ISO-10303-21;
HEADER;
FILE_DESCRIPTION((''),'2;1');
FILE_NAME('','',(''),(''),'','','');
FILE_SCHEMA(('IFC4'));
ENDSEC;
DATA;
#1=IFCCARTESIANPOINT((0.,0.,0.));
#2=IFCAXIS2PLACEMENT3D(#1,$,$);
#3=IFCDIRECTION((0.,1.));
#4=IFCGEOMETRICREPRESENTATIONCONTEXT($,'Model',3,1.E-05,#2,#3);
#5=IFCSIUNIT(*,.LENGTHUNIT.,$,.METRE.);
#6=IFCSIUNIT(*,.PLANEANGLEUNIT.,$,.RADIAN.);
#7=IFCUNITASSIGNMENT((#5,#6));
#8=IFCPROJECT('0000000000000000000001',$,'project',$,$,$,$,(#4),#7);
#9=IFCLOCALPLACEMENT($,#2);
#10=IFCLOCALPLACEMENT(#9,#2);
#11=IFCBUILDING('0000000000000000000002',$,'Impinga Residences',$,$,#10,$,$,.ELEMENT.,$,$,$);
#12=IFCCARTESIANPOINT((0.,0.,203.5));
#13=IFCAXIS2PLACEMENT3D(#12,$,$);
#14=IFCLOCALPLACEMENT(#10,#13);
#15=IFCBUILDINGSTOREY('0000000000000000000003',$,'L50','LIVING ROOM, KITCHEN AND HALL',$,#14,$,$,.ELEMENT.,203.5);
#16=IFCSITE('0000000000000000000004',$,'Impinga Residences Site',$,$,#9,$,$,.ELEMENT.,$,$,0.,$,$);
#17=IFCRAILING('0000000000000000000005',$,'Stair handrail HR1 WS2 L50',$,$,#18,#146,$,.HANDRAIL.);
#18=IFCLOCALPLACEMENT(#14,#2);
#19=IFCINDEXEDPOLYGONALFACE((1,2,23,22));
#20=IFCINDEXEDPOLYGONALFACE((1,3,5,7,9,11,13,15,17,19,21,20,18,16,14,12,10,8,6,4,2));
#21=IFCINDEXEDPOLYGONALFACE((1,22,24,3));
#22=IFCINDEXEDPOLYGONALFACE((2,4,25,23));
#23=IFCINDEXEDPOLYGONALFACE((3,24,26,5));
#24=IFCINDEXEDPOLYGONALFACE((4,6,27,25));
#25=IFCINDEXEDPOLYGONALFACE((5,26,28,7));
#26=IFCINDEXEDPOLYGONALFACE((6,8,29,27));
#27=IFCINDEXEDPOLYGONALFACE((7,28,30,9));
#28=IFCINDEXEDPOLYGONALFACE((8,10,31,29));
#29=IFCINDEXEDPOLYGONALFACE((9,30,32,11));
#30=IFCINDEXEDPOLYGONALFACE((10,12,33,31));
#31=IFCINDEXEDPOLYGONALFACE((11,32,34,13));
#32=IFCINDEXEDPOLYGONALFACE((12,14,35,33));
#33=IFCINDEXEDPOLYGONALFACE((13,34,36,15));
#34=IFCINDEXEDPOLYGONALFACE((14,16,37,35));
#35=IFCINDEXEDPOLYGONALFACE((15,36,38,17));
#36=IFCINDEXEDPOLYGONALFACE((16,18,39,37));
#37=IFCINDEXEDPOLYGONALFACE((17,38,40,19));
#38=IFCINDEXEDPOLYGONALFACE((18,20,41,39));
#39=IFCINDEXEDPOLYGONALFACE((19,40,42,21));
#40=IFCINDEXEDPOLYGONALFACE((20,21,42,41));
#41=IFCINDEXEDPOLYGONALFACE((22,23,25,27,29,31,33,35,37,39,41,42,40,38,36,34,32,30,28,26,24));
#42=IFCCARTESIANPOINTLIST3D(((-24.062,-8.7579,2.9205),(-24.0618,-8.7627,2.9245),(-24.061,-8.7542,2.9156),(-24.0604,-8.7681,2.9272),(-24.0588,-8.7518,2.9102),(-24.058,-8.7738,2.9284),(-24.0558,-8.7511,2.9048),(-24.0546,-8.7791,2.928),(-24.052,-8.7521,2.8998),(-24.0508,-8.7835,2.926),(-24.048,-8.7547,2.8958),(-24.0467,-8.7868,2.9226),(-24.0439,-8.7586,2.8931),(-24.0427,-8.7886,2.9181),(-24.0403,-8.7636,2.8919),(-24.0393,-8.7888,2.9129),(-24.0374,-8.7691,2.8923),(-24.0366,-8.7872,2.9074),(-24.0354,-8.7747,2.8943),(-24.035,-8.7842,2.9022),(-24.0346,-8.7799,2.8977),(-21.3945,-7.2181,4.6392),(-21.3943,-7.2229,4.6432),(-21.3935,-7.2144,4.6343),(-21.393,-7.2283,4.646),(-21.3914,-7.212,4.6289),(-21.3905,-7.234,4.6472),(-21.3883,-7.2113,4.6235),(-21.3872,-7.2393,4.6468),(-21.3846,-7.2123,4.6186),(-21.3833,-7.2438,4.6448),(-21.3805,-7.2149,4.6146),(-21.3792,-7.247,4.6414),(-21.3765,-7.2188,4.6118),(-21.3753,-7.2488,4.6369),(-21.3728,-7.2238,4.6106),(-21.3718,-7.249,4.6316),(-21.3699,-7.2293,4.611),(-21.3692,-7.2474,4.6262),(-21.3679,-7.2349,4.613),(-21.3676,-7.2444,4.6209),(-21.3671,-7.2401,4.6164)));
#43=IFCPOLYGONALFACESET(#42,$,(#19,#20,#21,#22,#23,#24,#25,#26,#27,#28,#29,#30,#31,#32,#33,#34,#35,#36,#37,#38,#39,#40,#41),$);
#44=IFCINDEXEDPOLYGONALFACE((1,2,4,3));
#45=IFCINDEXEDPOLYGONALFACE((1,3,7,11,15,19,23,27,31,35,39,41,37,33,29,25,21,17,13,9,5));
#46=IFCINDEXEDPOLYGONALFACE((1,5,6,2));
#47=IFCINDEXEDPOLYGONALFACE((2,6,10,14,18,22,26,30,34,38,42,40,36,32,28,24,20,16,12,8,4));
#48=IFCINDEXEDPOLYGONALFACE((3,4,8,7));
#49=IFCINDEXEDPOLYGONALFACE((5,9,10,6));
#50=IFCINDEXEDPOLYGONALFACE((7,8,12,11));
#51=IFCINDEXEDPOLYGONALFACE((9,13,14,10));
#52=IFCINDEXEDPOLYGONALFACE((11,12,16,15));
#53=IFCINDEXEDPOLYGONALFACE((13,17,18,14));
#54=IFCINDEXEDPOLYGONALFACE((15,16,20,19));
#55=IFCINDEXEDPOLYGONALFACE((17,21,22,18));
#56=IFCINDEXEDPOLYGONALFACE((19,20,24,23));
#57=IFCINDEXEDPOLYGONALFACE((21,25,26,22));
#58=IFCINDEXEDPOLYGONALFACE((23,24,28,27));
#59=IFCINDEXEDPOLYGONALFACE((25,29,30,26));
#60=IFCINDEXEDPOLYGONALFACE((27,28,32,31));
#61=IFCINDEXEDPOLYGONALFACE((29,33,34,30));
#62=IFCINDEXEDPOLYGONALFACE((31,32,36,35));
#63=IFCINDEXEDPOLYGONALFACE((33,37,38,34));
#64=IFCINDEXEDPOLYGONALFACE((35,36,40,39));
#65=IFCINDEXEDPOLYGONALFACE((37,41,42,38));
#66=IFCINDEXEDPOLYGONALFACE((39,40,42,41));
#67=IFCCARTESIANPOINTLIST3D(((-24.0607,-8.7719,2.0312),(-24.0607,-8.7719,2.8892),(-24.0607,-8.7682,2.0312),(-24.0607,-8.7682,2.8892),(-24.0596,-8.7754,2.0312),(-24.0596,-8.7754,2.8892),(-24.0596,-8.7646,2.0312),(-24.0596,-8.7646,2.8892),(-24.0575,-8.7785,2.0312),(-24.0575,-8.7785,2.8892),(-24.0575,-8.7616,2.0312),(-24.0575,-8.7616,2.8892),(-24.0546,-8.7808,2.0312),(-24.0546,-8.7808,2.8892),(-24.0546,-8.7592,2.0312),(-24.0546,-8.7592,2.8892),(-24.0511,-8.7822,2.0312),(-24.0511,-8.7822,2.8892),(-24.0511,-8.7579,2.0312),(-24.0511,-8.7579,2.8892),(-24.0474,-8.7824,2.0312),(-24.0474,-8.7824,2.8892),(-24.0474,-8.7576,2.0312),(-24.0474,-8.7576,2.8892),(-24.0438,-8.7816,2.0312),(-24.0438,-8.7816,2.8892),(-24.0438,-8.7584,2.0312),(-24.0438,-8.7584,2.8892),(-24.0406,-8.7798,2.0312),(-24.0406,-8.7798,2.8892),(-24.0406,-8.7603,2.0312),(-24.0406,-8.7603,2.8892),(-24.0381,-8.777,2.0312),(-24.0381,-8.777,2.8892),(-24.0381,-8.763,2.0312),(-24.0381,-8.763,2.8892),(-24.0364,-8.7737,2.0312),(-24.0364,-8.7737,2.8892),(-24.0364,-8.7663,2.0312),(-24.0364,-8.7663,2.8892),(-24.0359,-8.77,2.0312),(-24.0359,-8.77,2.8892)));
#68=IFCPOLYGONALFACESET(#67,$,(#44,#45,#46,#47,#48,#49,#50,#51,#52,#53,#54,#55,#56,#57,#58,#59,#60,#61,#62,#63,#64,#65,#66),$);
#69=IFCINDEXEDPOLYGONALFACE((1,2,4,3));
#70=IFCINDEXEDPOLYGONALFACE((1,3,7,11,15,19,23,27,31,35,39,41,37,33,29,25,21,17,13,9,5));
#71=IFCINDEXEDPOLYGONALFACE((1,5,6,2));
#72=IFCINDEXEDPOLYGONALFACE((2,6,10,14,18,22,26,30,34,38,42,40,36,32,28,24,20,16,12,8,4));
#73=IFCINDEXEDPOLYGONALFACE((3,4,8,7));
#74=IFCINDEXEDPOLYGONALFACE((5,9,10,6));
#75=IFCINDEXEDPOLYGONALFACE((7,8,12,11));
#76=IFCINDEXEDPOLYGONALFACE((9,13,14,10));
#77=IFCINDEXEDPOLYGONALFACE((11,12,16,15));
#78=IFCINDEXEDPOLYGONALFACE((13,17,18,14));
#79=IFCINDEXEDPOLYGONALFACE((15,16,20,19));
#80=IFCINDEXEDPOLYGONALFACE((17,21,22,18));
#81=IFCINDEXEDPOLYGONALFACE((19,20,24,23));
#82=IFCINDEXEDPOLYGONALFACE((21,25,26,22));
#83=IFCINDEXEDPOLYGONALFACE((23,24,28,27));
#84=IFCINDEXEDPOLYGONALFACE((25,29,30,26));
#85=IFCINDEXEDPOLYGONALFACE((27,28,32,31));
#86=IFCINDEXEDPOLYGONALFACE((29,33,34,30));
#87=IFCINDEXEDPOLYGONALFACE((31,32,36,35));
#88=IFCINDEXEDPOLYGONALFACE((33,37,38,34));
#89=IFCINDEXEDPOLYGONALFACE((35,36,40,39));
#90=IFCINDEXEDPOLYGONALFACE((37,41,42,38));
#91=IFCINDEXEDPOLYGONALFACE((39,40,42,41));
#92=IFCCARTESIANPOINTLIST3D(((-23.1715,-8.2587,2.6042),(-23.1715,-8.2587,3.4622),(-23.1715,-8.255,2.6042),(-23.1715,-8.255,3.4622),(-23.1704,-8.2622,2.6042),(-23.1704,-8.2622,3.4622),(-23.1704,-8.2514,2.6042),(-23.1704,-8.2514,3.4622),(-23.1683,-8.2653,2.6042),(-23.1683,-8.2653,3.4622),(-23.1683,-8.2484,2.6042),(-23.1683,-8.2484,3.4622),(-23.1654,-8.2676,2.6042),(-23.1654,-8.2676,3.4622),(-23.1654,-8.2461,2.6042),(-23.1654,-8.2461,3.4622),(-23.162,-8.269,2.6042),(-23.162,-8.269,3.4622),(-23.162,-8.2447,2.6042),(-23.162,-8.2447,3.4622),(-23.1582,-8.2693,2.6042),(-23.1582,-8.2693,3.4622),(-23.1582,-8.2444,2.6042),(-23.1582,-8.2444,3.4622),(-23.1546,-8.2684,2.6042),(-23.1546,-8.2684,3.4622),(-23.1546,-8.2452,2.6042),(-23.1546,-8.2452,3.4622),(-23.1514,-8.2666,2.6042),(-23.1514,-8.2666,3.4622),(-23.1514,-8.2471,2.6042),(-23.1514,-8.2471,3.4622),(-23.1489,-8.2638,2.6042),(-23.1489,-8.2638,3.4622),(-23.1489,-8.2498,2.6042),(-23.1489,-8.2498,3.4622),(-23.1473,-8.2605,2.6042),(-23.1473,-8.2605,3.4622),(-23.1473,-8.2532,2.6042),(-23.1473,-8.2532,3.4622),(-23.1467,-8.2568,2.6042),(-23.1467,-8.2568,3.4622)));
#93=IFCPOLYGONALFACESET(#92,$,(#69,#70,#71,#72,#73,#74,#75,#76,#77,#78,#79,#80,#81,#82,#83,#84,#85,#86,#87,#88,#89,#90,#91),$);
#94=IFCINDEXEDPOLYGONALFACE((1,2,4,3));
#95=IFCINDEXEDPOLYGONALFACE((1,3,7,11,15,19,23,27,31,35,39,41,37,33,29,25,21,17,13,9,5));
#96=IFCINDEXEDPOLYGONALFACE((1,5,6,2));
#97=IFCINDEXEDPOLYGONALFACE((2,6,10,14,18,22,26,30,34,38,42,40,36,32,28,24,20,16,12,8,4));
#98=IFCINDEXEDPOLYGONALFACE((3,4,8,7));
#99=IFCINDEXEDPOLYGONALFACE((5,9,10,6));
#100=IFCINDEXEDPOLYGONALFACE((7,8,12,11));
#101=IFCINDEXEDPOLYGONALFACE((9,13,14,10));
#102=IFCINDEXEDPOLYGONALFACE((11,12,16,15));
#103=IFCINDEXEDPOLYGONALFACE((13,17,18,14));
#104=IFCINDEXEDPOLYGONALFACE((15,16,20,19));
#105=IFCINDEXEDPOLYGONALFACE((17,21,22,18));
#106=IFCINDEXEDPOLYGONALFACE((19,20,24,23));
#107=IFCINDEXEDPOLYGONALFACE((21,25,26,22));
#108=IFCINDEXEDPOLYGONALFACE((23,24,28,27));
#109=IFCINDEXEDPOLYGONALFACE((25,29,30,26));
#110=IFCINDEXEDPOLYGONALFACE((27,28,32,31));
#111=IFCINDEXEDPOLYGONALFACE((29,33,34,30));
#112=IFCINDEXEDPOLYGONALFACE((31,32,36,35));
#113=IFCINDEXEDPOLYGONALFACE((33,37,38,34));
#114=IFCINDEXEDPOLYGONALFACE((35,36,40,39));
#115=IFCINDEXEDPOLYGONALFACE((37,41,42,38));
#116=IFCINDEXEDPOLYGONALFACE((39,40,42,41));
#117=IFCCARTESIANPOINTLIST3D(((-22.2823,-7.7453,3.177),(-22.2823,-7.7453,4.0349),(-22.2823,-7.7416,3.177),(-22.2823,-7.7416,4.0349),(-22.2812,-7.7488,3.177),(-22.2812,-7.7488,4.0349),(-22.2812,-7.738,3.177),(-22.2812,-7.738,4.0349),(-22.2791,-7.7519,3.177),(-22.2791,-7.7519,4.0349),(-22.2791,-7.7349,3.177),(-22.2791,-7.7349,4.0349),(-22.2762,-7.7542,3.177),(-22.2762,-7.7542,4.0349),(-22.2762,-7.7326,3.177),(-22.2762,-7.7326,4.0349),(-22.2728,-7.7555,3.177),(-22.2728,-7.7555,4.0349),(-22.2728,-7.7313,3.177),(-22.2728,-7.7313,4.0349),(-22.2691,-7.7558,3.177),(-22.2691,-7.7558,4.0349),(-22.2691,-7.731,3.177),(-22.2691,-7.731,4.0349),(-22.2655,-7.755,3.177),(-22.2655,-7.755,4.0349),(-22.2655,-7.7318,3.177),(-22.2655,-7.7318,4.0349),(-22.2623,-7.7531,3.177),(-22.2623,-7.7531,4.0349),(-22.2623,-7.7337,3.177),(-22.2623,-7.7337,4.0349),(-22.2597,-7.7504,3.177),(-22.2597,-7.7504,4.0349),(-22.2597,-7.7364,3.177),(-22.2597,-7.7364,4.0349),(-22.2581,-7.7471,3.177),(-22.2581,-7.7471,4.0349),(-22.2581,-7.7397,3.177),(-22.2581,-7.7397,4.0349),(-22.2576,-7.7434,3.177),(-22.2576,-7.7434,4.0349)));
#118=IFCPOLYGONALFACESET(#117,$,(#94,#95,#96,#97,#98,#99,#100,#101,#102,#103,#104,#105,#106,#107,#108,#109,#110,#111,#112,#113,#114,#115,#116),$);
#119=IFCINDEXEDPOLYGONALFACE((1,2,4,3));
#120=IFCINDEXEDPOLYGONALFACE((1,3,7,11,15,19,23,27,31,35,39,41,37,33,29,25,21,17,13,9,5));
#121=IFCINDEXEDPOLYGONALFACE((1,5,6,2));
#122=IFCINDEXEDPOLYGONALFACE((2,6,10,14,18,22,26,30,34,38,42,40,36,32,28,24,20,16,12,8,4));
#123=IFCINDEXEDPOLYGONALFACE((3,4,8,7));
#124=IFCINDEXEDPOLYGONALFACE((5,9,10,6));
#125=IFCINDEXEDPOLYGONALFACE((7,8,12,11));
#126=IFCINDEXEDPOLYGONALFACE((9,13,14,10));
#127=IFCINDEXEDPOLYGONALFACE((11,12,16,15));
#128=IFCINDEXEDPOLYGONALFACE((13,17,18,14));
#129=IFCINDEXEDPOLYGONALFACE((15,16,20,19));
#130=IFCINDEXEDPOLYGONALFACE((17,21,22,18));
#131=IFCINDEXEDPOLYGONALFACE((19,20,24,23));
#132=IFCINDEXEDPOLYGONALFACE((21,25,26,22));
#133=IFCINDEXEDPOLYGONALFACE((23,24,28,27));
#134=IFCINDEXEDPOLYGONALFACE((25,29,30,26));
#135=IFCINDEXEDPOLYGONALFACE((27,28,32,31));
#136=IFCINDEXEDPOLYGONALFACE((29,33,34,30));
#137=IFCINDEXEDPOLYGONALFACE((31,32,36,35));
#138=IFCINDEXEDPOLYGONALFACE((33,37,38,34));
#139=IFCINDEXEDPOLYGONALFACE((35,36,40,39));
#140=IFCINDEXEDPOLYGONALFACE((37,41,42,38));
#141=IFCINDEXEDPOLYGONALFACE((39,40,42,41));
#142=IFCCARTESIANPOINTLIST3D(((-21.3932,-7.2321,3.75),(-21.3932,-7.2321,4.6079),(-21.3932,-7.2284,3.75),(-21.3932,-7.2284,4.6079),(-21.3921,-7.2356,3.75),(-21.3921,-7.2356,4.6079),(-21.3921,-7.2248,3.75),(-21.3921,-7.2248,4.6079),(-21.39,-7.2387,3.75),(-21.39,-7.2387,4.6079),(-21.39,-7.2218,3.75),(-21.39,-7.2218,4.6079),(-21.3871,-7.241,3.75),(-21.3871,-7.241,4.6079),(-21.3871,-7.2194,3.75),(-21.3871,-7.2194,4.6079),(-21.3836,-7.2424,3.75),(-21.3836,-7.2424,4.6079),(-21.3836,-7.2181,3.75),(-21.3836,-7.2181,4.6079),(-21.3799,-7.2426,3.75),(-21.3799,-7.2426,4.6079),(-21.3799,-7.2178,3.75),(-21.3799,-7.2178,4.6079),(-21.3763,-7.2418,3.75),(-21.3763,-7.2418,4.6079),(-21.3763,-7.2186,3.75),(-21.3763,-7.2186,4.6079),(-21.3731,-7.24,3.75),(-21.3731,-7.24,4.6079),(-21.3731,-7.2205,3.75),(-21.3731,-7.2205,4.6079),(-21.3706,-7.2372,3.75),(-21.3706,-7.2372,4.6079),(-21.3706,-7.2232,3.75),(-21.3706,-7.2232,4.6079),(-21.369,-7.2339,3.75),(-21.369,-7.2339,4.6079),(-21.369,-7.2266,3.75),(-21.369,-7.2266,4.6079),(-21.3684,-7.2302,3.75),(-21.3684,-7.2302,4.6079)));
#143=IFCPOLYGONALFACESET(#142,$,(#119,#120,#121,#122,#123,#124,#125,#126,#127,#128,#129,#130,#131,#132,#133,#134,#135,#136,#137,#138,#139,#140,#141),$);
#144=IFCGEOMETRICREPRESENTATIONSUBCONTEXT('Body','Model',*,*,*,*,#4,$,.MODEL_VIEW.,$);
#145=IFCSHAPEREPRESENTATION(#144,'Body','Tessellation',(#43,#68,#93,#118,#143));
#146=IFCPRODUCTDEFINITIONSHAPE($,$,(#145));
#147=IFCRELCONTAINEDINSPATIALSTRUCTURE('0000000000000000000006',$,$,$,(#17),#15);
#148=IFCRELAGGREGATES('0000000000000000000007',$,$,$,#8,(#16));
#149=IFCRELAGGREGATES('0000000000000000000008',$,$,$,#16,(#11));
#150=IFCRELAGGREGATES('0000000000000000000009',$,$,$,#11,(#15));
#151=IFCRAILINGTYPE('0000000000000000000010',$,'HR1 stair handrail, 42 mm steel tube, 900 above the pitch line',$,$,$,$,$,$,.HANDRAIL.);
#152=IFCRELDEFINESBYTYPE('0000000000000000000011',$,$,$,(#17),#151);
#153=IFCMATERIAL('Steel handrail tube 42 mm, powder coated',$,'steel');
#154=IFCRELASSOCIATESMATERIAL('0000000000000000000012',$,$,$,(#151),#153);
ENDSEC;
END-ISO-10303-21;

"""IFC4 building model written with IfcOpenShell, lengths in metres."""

from ifc_helpers import new_model, si_unit, direction, frame, origin, origin_2d, place, context, subcontext, project, spatial, circle, extrude, material, type_object, element, save


model = new_model("IFC4")

# Units and contexts
model_context = context("Model", 3, precision=1e-05, world=origin(), true_north=direction((0.0, 1.0)))
body_context = subcontext(model_context, "Body", "Model", "MODEL_VIEW")
ifc_project = project(units=[si_unit("LENGTHUNIT", "METRE"), si_unit("PLANEANGLEUNIT", "RADIAN")], contexts=[model_context])

# Site, building, storey
site_placement = place(None, origin())
site = spatial("IfcSite", under=ifc_project, at=site_placement, Name="Impinga Residences Site", CompositionType="ELEMENT", RefElevation=0.0)
building_placement = place(site_placement, origin())
building = spatial("IfcBuilding", under=site, at=building_placement, Name="Impinga Residences", CompositionType="ELEMENT")
storey_placement = place(building_placement, frame((0.0, 0.0, 203.5)))
storey = spatial("IfcBuildingStorey", under=building, at=storey_placement, Name="L50", Description="LIVING ROOM, KITCHEN AND HALL", CompositionType="ELEMENT", Elevation=203.5)

# Railing
ifc_material_1 = material(Name="Steel handrail tube 42 mm, powder coated", Category="steel")
railing_type = type_object("IfcRailingType", Name="HR1 stair handrail, 42 mm steel tube, 900 above the pitch line", PredefinedType="HANDRAIL", material=ifc_material_1)
railing_placement = place(storey_placement, frame((-24.0483, -8.77, 2.0312)))
element("IfcRailing", 1, at=railing_placement, inside=storey, type_object=railing_type, Name="Stair handrail HR1 WS2 L50", PredefinedType="HANDRAIL", context=body_context, shape_type="SweptSolid", body=[
    extrude(circle(Radius=0.021, at=origin_2d()), frame((0.0, 0.0, 0.8789), z_axis=(0.756279, 0.43656, 0.487297), x_axis=(-0.499933, 0.866064, 0.0)), (0.0, 0.0, 1.0), 3.5271),
    extrude(circle(Radius=0.0125, at=origin_2d()), origin(), (0.0, 0.0, 1.0), 0.8579),
    extrude(circle(Radius=0.0125, at=origin_2d()), frame((0.8892, 0.5132, 0.573)), (0.0, 0.0, 1.0), 0.8579),
    extrude(circle(Radius=0.0125, at=origin_2d()), frame((1.7783, 1.0266, 1.1458)), (0.0, 0.0, 1.0), 0.8579),
    extrude(circle(Radius=0.0125, at=origin_2d()), frame((2.6675, 1.5398, 1.7188)), (0.0, 0.0, 1.0), 0.8579),
])

save(model, "model.ifc")
